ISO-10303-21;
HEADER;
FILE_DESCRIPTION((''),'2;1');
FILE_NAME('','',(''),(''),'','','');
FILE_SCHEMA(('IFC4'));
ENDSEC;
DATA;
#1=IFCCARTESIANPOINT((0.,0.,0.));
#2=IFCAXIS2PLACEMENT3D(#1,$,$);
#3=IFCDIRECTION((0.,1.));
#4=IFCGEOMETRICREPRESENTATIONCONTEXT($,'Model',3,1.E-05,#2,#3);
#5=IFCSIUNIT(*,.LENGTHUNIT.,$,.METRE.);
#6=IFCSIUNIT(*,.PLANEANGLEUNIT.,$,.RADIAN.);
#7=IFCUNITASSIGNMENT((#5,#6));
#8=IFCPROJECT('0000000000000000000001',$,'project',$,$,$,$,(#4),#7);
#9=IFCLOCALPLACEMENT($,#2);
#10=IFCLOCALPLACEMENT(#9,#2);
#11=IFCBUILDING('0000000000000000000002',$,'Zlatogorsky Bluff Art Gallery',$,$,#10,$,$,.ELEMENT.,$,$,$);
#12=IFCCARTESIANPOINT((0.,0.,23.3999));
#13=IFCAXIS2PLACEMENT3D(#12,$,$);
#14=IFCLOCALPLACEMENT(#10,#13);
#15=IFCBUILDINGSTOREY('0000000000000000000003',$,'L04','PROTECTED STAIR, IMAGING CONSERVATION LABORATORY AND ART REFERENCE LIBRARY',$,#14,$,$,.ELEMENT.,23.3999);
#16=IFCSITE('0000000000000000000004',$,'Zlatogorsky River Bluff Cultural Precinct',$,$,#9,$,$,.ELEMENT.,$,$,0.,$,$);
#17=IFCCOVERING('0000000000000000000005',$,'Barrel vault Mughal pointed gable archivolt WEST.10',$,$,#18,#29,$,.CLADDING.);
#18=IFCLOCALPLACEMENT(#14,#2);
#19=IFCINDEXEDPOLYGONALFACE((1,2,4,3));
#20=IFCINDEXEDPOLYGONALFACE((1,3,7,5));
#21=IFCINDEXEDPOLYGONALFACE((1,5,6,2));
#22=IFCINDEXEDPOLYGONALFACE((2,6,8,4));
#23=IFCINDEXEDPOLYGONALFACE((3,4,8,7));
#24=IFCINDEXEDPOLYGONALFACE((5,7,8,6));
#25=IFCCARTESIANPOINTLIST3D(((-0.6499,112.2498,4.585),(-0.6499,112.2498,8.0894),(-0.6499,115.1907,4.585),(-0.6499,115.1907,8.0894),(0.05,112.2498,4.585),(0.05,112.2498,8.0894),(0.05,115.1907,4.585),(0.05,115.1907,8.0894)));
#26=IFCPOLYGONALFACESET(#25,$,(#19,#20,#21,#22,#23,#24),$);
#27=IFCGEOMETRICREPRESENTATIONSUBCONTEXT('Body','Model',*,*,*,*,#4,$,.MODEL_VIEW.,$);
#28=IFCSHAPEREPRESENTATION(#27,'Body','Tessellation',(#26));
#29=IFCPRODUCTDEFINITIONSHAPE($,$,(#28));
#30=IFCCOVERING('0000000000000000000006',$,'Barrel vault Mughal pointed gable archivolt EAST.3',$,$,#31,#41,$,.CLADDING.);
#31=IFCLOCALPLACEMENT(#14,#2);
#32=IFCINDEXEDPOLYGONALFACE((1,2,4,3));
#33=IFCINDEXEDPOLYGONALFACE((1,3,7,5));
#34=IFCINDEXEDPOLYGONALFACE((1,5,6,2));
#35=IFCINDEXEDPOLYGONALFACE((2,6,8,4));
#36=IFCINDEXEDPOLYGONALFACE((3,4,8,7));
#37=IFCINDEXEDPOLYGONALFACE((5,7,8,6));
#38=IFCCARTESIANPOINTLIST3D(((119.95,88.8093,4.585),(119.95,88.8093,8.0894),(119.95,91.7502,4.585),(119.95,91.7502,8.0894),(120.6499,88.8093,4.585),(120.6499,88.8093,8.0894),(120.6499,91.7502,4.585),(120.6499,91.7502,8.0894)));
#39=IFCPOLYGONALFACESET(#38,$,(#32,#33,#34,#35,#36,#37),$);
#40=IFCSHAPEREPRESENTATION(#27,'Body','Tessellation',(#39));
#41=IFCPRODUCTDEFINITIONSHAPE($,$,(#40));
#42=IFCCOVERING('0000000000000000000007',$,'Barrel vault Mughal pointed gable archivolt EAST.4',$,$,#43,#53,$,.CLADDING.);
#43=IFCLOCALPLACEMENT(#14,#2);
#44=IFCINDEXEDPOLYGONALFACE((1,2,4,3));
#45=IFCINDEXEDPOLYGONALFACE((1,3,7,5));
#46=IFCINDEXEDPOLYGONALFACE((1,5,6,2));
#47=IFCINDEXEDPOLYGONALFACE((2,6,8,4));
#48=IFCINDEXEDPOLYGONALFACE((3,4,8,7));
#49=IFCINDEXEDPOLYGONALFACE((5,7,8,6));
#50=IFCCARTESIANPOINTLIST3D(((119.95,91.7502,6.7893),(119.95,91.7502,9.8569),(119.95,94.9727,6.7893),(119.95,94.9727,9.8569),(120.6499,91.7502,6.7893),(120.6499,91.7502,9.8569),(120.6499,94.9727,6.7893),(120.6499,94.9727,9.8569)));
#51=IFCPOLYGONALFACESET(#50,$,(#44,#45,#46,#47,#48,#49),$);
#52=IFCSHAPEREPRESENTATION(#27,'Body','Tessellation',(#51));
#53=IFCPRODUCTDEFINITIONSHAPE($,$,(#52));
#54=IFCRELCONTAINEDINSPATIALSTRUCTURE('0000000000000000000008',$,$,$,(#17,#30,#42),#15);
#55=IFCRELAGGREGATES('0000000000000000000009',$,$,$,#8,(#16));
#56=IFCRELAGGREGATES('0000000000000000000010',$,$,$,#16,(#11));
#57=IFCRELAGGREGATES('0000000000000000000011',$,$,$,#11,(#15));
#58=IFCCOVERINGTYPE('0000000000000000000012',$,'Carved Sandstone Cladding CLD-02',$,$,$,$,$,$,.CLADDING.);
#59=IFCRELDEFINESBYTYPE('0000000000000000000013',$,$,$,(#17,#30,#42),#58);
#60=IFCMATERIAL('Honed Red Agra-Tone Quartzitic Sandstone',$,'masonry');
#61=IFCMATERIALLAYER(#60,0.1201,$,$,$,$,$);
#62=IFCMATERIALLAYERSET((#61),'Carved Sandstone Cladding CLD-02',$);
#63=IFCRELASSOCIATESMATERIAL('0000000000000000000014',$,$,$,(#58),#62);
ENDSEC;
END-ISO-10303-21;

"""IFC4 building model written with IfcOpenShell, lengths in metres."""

from ifc_helpers import new_model, si_unit, direction, frame, origin, place, context, subcontext, project, spatial, polyline, outline, extrude, material, layer, layer_set, type_object, element, save


model = new_model("IFC4")

# Units and contexts
model_context = context("Model", 3, precision=1e-05, world=origin(), true_north=direction((0.0, 1.0)))
body_context = subcontext(model_context, "Body", "Model", "MODEL_VIEW")
ifc_project = project(units=[si_unit("LENGTHUNIT", "METRE"), si_unit("PLANEANGLEUNIT", "RADIAN")], contexts=[model_context])

# Site, building, storey
site_placement = place(None, origin())
site = spatial("IfcSite", under=ifc_project, at=site_placement, Name="Zlatogorsky River Bluff Cultural Precinct", CompositionType="ELEMENT", RefElevation=0.0)
building_placement = place(site_placement, origin())
building = spatial("IfcBuilding", under=site, at=building_placement, Name="Zlatogorsky Bluff Art Gallery", CompositionType="ELEMENT")
storey_placement = place(building_placement, frame((0.0, 0.0, 23.3999)))
storey = spatial("IfcBuildingStorey", under=building, at=storey_placement, Name="L04", Description="PROTECTED STAIR, IMAGING CONSERVATION LABORATORY AND ART REFERENCE LIBRARY", CompositionType="ELEMENT", Elevation=23.3999)

# Coverings
ifc_material_1 = material(Name="Honed Red Agra-Tone Quartzitic Sandstone", Category="masonry")
ifc_layer_1 = layer(ifc_material_1, 0.1201)
ifc_layer_set_1 = layer_set([ifc_layer_1], Name="Carved Sandstone Cladding CLD-02")
covering_type = type_object("IfcCoveringType", Name="Carved Sandstone Cladding CLD-02", PredefinedType="CLADDING", material=ifc_layer_set_1)
covering_1_placement = place(storey_placement, frame((0.0, 0.0, 4.585)))
element("IfcCovering", 1, at=covering_1_placement, inside=storey, type_object=covering_type, Name="Barrel vault Mughal pointed gable archivolt WEST.10", PredefinedType="CLADDING", context=body_context, shape_type="SweptSolid", body=[
    extrude(outline(polyline([(-0.6499, 112.2498), (0.05, 112.2498), (0.05, 115.1907), (-0.6499, 115.1907), (-0.6499, 112.2498)])), origin(), (0.0, 0.0, 1.0), 3.5044),
])
covering_2_placement = place(storey_placement, frame((0.0, 0.0, 4.585)))
element("IfcCovering", 2, at=covering_2_placement, inside=storey, type_object=covering_type, Name="Barrel vault Mughal pointed gable archivolt EAST.3", PredefinedType="CLADDING", context=body_context, shape_type="SweptSolid", body=[
    extrude(outline(polyline([(119.95, 88.8093), (120.6499, 88.8093), (120.6499, 91.7502), (119.95, 91.7502), (119.95, 88.8093)])), origin(), (0.0, 0.0, 1.0), 3.5044),
])
covering_3_placement = place(storey_placement, frame((0.0, 0.0, 6.7893)))
element("IfcCovering", 3, at=covering_3_placement, inside=storey, type_object=covering_type, Name="Barrel vault Mughal pointed gable archivolt EAST.4", PredefinedType="CLADDING", context=body_context, shape_type="SweptSolid", body=[
    extrude(outline(polyline([(119.95, 91.7502), (120.6499, 91.7502), (120.6499, 94.9727), (119.95, 94.9727), (119.95, 91.7502)])), origin(), (0.0, 0.0, 1.0), 3.0676),
])

save(model, "model.ifc")
